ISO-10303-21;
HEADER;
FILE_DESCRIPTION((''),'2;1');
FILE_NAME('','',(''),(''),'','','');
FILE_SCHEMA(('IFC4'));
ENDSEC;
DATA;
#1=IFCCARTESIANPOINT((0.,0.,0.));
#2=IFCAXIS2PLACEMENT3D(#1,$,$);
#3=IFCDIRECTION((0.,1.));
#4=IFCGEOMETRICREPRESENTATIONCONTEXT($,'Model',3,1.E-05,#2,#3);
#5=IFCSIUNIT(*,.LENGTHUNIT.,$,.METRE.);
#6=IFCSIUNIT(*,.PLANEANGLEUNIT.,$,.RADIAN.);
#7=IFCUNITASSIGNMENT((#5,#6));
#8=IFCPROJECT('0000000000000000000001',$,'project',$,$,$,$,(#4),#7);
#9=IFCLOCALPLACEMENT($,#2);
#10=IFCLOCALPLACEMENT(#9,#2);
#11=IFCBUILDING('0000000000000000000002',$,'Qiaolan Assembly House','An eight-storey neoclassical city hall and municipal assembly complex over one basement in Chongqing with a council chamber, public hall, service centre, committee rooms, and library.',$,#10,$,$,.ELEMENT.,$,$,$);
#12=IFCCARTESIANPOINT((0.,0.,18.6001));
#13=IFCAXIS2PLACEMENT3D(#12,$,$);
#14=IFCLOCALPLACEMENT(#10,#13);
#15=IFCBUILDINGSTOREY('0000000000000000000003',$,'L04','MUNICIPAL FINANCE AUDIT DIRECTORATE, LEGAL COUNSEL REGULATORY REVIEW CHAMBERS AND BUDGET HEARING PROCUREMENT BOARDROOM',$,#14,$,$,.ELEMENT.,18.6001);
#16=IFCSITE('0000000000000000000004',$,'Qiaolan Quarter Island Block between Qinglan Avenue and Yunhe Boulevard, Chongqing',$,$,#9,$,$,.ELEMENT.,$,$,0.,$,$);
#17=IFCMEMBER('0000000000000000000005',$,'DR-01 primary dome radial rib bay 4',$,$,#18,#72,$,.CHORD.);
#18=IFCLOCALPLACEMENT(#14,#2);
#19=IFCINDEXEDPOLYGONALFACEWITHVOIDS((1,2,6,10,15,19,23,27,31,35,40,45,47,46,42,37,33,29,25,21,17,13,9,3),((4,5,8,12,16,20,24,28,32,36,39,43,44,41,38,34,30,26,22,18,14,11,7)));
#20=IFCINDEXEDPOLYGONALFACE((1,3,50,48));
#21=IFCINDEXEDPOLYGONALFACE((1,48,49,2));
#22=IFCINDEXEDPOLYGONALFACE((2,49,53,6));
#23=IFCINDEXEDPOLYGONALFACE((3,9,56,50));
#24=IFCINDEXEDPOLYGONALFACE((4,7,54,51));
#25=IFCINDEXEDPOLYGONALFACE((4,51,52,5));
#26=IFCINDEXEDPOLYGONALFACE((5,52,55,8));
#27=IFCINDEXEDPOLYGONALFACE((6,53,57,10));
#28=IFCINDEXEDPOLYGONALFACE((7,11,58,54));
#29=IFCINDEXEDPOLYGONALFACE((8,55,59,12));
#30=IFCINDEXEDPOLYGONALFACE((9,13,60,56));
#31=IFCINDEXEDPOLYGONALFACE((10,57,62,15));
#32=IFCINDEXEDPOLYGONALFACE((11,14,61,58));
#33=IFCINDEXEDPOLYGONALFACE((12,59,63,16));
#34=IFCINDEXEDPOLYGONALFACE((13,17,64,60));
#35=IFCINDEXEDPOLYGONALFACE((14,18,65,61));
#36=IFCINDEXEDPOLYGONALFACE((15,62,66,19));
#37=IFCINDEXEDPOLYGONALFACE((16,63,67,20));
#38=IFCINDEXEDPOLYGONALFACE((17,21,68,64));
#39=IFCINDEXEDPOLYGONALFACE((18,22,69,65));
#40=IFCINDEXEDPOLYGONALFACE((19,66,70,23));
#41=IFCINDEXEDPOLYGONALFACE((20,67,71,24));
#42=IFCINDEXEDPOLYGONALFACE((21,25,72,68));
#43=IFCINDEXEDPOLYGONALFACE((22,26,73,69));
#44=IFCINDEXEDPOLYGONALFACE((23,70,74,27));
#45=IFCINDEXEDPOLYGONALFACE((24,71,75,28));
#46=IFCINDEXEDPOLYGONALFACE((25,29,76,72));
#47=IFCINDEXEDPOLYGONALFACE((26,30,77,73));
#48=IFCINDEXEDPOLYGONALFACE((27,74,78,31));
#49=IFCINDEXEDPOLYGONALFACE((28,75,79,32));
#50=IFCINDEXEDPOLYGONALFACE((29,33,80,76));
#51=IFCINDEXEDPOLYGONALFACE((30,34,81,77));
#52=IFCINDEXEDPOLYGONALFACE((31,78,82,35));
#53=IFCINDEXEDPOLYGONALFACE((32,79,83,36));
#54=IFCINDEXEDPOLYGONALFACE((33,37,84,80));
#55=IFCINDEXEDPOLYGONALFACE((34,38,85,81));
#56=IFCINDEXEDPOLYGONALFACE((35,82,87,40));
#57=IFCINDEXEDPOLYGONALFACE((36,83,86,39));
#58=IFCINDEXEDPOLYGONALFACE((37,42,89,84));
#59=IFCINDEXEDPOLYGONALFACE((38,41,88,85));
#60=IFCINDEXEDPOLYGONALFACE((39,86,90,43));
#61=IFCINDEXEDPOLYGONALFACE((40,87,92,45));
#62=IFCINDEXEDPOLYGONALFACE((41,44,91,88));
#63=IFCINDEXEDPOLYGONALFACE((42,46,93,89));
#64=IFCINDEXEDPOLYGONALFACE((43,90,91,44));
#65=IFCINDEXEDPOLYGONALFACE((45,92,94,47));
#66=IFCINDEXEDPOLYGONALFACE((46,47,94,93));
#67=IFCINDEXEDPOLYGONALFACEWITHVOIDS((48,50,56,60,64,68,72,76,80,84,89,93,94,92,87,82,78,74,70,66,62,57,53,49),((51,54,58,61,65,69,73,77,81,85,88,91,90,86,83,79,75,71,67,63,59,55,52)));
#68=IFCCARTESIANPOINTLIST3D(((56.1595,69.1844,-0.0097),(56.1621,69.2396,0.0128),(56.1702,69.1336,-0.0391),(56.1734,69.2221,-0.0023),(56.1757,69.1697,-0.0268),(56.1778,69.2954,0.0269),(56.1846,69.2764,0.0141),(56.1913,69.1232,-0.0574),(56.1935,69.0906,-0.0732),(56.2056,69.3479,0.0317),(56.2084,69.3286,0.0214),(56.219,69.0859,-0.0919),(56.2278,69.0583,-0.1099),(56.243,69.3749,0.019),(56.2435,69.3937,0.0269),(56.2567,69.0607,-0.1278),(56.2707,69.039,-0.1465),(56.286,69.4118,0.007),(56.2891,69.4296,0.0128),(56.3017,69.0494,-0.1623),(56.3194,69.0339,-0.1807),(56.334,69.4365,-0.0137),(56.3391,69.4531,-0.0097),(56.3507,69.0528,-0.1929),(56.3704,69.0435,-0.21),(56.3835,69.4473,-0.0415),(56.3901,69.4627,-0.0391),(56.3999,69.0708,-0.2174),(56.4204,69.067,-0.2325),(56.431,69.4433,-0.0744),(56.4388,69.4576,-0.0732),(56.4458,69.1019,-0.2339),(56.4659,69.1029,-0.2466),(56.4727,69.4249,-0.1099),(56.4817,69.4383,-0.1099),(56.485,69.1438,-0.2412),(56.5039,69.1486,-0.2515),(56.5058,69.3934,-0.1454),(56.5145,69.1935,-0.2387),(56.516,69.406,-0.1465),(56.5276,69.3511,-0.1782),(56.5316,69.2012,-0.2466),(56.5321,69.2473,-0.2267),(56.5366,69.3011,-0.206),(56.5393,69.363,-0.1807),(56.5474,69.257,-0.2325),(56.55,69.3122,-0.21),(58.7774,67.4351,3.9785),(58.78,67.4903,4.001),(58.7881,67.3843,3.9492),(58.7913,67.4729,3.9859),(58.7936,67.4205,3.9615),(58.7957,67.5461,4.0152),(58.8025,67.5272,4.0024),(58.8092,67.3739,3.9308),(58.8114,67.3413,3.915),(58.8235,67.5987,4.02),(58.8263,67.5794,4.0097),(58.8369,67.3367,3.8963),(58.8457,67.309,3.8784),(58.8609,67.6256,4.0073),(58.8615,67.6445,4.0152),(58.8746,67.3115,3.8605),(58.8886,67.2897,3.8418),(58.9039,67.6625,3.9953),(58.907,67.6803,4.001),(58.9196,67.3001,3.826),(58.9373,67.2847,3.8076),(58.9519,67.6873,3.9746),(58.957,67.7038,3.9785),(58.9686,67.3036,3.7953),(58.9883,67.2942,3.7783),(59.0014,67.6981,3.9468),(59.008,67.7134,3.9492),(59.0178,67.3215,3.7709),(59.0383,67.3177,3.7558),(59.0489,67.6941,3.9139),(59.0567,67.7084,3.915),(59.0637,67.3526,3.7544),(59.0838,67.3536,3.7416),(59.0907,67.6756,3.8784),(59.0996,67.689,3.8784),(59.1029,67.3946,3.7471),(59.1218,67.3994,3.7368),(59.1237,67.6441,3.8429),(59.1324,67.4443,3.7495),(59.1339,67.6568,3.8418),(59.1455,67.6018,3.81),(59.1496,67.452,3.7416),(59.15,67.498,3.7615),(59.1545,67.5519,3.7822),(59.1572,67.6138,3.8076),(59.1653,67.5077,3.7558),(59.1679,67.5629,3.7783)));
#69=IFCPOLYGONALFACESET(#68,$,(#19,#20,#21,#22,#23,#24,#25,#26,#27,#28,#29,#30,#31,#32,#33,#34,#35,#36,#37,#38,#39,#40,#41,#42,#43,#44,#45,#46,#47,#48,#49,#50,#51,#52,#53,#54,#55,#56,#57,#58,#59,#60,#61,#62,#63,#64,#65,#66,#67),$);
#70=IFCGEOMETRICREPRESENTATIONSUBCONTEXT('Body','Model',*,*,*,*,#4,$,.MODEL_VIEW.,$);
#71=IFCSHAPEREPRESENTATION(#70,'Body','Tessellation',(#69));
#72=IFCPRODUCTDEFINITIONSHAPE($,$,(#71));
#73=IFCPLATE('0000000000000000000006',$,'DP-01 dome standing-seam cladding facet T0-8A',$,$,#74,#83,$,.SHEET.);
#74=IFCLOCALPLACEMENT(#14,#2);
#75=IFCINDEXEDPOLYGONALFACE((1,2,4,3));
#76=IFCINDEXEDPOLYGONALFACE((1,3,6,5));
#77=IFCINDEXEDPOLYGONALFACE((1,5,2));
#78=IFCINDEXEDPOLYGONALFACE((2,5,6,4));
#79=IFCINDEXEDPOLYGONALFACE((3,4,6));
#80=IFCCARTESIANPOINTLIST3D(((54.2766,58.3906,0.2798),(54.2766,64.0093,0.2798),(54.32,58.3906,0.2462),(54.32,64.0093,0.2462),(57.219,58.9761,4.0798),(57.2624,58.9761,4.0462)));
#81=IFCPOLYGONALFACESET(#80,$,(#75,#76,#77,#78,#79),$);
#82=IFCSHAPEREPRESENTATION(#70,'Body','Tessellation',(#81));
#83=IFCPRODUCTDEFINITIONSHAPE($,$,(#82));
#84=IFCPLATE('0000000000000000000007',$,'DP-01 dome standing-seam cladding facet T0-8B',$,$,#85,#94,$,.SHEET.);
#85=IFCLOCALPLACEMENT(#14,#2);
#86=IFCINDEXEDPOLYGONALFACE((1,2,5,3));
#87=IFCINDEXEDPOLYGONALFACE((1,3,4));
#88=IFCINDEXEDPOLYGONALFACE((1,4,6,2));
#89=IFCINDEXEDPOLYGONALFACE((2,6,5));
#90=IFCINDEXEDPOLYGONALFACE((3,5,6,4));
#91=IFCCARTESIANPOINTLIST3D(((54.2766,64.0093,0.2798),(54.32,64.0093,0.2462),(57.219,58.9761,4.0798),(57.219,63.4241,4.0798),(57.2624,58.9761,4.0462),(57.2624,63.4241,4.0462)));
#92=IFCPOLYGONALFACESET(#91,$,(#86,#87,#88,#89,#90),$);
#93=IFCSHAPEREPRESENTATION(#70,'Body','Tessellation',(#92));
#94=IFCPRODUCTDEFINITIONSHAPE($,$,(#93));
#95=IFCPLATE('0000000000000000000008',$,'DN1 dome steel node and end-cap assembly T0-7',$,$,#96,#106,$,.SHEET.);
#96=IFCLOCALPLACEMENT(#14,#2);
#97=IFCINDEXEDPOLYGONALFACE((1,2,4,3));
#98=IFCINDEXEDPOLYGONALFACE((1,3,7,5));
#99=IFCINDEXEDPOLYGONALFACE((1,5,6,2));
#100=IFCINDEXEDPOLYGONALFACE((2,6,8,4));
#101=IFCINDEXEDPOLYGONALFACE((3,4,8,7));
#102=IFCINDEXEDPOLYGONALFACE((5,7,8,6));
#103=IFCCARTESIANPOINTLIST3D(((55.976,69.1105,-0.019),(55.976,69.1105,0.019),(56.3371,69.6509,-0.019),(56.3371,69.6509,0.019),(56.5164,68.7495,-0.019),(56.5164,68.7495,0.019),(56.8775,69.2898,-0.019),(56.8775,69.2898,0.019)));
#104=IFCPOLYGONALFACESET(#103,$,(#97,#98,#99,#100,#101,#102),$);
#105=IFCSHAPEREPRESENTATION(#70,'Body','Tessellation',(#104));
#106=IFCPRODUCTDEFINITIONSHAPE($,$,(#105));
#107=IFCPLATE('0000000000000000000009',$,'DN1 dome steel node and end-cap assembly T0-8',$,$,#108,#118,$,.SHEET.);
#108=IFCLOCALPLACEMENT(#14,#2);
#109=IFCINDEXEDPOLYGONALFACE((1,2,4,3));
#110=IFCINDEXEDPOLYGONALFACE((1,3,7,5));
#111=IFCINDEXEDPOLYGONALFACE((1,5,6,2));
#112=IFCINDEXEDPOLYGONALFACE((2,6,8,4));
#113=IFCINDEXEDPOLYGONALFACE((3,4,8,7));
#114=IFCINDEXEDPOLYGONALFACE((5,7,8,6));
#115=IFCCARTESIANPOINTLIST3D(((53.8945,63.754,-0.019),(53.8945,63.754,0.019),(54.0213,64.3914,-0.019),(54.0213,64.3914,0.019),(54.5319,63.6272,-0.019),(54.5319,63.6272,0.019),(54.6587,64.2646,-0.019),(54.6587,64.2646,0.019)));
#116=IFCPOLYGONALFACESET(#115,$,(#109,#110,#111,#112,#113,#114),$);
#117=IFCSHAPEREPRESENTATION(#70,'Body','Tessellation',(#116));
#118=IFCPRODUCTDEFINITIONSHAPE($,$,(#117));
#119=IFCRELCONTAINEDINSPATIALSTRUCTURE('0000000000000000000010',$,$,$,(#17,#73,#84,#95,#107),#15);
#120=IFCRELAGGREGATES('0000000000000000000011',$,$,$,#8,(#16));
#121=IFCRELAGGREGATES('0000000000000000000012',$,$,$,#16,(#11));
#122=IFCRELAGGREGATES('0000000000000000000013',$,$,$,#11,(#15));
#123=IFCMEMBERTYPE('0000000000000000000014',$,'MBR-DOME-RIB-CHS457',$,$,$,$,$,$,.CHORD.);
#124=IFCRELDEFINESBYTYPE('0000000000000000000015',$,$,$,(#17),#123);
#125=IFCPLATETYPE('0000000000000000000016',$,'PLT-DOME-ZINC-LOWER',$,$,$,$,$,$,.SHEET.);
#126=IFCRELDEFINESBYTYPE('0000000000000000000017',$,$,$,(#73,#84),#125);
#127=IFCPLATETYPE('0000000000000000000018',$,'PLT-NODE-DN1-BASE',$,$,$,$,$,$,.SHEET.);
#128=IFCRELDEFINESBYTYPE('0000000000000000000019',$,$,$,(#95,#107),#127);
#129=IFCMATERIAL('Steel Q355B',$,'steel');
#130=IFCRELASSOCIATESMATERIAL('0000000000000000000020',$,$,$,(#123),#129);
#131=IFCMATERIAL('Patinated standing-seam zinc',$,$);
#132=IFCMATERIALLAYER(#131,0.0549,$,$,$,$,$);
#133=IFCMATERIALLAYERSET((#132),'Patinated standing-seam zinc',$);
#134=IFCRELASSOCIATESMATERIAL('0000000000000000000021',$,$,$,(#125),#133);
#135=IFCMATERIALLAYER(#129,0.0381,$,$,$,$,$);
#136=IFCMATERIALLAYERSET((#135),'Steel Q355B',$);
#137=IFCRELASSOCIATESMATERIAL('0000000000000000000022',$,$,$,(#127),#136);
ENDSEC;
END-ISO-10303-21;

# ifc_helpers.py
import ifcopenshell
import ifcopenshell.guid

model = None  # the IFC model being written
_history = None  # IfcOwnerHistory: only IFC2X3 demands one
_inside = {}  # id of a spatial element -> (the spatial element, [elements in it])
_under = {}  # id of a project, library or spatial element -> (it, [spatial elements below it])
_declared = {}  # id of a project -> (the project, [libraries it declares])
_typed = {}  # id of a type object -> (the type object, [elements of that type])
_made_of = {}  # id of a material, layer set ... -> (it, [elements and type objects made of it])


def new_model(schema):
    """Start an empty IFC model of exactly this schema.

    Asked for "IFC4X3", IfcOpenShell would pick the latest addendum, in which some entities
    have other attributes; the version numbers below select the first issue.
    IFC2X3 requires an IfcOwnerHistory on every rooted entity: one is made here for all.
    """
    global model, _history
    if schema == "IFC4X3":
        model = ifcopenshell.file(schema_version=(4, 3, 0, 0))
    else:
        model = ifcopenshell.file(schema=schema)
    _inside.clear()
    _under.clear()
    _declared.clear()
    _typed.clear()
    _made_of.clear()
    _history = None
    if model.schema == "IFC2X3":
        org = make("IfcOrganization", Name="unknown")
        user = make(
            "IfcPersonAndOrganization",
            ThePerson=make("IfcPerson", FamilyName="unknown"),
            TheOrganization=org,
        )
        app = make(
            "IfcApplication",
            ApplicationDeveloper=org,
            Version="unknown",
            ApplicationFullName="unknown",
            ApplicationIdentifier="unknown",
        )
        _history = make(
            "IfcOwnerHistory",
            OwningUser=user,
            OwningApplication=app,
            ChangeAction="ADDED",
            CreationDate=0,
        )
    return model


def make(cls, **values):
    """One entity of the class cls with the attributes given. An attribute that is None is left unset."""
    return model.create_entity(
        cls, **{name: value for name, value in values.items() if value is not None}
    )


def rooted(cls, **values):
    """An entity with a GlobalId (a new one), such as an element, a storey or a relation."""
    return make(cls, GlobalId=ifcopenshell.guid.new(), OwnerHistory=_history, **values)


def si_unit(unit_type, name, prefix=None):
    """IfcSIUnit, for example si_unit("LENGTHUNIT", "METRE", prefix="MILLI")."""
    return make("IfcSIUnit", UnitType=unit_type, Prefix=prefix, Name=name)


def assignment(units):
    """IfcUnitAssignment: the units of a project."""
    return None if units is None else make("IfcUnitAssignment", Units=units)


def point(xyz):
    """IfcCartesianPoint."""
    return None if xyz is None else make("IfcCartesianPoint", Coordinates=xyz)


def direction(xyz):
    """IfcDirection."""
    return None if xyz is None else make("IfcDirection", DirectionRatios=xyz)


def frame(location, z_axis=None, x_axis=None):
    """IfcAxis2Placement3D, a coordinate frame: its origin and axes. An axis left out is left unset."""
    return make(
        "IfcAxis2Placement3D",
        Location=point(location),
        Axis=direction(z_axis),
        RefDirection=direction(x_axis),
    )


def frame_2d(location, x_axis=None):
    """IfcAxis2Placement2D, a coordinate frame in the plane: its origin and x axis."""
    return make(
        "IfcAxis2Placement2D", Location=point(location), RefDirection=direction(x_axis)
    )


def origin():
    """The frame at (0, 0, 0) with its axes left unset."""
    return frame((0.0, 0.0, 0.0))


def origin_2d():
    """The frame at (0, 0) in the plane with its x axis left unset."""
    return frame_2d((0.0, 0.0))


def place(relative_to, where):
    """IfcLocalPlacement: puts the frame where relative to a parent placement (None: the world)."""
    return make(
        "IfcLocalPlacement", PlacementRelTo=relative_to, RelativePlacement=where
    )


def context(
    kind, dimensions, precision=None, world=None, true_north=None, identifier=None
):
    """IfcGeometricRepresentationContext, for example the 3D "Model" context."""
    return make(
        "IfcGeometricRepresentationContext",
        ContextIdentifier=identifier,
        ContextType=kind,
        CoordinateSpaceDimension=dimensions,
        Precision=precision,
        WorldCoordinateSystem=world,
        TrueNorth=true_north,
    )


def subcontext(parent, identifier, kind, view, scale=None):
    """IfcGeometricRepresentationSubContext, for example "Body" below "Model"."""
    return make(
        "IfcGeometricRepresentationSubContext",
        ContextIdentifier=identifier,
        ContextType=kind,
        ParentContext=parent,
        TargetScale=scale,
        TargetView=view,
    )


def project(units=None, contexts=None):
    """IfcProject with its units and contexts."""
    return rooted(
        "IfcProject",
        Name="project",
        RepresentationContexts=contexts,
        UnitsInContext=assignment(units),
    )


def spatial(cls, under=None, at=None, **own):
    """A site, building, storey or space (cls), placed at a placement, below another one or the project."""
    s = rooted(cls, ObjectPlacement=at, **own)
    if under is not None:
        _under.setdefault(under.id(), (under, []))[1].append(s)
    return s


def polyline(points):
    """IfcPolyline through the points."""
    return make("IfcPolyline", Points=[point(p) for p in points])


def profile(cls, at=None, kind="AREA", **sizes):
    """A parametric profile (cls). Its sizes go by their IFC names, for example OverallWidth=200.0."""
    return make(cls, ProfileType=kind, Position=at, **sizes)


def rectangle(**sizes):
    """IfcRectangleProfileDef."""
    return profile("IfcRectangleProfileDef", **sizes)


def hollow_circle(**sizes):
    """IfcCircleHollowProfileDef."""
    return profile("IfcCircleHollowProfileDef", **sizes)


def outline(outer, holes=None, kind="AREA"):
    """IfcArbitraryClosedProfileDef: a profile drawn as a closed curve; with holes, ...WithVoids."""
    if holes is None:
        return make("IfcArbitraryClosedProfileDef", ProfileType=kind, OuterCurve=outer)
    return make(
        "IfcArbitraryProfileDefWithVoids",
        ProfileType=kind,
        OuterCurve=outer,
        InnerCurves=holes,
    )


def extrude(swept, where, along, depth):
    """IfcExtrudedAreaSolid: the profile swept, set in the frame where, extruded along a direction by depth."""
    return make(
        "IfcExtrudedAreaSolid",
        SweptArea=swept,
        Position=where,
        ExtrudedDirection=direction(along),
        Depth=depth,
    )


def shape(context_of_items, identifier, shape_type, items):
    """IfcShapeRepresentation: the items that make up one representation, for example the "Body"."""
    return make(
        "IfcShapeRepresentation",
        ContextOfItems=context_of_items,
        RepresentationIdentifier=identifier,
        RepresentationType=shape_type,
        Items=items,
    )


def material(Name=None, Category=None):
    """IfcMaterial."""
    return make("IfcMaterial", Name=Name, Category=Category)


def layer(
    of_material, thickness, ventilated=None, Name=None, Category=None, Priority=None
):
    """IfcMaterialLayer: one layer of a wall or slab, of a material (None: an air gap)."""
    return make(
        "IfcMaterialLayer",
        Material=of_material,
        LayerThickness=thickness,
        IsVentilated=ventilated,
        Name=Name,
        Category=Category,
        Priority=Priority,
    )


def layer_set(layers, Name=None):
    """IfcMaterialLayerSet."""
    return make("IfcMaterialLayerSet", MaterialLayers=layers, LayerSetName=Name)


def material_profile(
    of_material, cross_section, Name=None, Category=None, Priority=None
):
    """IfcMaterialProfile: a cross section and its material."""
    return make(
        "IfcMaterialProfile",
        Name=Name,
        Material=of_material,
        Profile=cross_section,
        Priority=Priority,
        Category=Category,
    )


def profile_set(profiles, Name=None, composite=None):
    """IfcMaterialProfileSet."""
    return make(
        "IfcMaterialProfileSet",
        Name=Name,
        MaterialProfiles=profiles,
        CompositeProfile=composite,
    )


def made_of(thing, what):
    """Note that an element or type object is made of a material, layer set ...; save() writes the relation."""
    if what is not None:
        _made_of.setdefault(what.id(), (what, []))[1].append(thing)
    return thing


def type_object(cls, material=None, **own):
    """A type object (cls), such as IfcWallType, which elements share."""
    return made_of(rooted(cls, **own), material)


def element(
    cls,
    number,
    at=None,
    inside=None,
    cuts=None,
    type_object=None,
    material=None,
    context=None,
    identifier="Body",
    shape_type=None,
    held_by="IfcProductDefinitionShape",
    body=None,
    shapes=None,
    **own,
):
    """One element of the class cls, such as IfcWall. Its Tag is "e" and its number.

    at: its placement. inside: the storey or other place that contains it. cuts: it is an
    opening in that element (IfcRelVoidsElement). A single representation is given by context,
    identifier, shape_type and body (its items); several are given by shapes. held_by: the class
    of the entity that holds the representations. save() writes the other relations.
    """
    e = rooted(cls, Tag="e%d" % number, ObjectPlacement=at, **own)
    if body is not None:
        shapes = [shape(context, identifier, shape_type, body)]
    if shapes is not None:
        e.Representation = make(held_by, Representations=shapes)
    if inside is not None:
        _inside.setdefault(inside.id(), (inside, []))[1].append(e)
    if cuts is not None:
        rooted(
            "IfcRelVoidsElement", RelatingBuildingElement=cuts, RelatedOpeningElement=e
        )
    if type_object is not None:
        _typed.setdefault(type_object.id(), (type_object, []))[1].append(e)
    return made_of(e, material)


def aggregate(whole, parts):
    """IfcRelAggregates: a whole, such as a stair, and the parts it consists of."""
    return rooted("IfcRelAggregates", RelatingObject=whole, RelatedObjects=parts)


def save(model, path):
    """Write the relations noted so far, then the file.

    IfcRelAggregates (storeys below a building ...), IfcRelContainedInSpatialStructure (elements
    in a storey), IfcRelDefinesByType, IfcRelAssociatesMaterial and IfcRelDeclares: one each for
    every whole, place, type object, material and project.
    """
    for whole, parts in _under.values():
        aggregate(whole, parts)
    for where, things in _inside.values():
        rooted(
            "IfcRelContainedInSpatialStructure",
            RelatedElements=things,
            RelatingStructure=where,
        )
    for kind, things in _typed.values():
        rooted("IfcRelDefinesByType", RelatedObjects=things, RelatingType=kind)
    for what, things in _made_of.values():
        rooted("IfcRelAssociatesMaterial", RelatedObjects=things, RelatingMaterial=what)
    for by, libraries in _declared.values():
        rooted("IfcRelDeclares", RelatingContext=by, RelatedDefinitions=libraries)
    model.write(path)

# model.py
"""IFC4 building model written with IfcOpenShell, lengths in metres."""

from ifc_helpers import new_model, si_unit, direction, frame, origin, origin_2d, place, context, subcontext, project, spatial, polyline, rectangle, hollow_circle, outline, extrude, material, layer, layer_set, material_profile, profile_set, type_object, element, save


model = new_model("IFC4")

# Units and contexts
model_context = context("Model", 3, precision=1e-05, world=origin(), true_north=direction((0.0, 1.0)))
body_context = subcontext(model_context, "Body", "Model", "MODEL_VIEW")
ifc_project = project(units=[si_unit("LENGTHUNIT", "METRE"), si_unit("PLANEANGLEUNIT", "RADIAN")], contexts=[model_context])

# Site, building, storey
site_placement = place(None, origin())
site = spatial("IfcSite", under=ifc_project, at=site_placement, Name="Qiaolan Quarter Island Block between Qinglan Avenue and Yunhe Boulevard, Chongqing", CompositionType="ELEMENT", RefElevation=0.0)
building_placement = place(site_placement, origin())
building = spatial("IfcBuilding", under=site, at=building_placement, Name="Qiaolan Assembly House", Description="An eight-storey neoclassical city hall and municipal assembly complex over one basement in Chongqing with a council chamber, public hall, service centre, committee rooms, and library.", CompositionType="ELEMENT")
storey_placement = place(building_placement, frame((0.0, 0.0, 18.6001)))
storey = spatial("IfcBuildingStorey", under=building, at=storey_placement, Name="L04", Description="MUNICIPAL FINANCE AUDIT DIRECTORATE, LEGAL COUNSEL REGULATORY REVIEW CHAMBERS AND BUDGET HEARING PROCUREMENT BOARDROOM", CompositionType="ELEMENT", Elevation=18.6001)

# Shared definitions
ifc_material_1 = material(Name="Steel Q355B", Category="steel")

# Member
ifc_material_profile_1 = material_profile(ifc_material_1, hollow_circle(Radius=0.2285, WallThickness=0.0161, at=origin_2d()), Name="CHS 457x16")
ifc_profile_set_1 = profile_set([ifc_material_profile_1], Name="Steel Q355B")
member_type_1 = type_object("IfcMemberType", Name="MBR-DOME-RIB-CHS457", PredefinedType="CHORD", material=ifc_profile_set_1)
member_1_placement = place(storey_placement, frame((56.3547, 69.2483, -0.1099), z_axis=(0.515205, -0.344254, 0.784891), x_axis=(0.555577, 0.831465, 0.0)))
element("IfcMember", 1, at=member_1_placement, inside=storey, type_object=member_type_1, Name="DR-01 primary dome radial rib bay 4", PredefinedType="CHORD", context=body_context, shape_type="SweptSolid", body=[
    extrude(hollow_circle(Radius=0.2285, WallThickness=0.0161, at=origin_2d()), origin(), (0.0, 0.0, 1.0), 5.0813),
])

# Plates
ifc_material_2 = material(Name="Patinated standing-seam zinc")
ifc_layer_1 = layer(ifc_material_2, 0.0549)
ifc_layer_set_1 = layer_set([ifc_layer_1], Name="Patinated standing-seam zinc")
plate_type_1 = type_object("IfcPlateType", Name="PLT-DOME-ZINC-LOWER", PredefinedType="SHEET", material=ifc_layer_set_1)
plate_1_placement = place(storey_placement, frame((54.2766, 64.0093, 0.2798), z_axis=(-0.790682, 0.0, 0.612226), x_axis=(0.0, -1.0, 0.0)))
element("IfcPlate", 2, at=plate_1_placement, inside=storey, type_object=plate_type_1, Name="DP-01 dome standing-seam cladding facet T0-8A", PredefinedType="SHEET", context=body_context, shape_type="SweptSolid", body=[
    extrude(outline(polyline([(0.0, 0.0), (5.6187, 0.0), (5.0332, 4.806), (0.0, 0.0)])), origin(), (0.0, 0.0, -1.0), 0.0549),
])
plate_2_placement = place(storey_placement, frame((54.2766, 64.0093, 0.2798), z_axis=(-0.790682, 0.0, 0.612226), x_axis=(0.422802, -0.72324, 0.546043)))
element("IfcPlate", 3, at=plate_2_placement, inside=storey, type_object=plate_type_1, Name="DP-01 dome standing-seam cladding facet T0-8B", PredefinedType="SHEET", context=body_context, shape_type="SweptSolid", body=[
    extrude(outline(polyline([(0.0, 0.0), (6.9592, 0.0), (3.7423, 3.0718), (0.0, 0.0)])), origin(), (0.0, 0.0, -1.0), 0.0549),
])
ifc_layer_2 = layer(ifc_material_1, 0.0381)
ifc_layer_set_2 = layer_set([ifc_layer_2], Name="Steel Q355B")
plate_type_2 = type_object("IfcPlateType", Name="PLT-NODE-DN1-BASE", PredefinedType="SHEET", material=ifc_layer_set_2)
for number, where, z_axis, x_axis, name in (
    (4, (56.4268, 69.2002, -0.019), (0.0, 0.0, 1.0), (-0.83147, 0.55557, 0.0), "DN1 dome steel node and end-cap assembly T0-7"),
    (5, (54.2766, 64.0093, -0.019), (0.0, 0.0, 1.0), (-0.980785, 0.19509, 0.0), "DN1 dome steel node and end-cap assembly T0-8"),
):
    element("IfcPlate", number, at=place(storey_placement, frame(where, z_axis=z_axis, x_axis=x_axis)), inside=storey, type_object=plate_type_2, Name=name, PredefinedType="SHEET", context=body_context, shape_type="SweptSolid", body=[
        extrude(rectangle(XDim=0.6499, YDim=0.6499, at=origin_2d()), origin(), (0.0, 0.0, 1.0), 0.0381),
    ])

save(model, "model.ifc")
